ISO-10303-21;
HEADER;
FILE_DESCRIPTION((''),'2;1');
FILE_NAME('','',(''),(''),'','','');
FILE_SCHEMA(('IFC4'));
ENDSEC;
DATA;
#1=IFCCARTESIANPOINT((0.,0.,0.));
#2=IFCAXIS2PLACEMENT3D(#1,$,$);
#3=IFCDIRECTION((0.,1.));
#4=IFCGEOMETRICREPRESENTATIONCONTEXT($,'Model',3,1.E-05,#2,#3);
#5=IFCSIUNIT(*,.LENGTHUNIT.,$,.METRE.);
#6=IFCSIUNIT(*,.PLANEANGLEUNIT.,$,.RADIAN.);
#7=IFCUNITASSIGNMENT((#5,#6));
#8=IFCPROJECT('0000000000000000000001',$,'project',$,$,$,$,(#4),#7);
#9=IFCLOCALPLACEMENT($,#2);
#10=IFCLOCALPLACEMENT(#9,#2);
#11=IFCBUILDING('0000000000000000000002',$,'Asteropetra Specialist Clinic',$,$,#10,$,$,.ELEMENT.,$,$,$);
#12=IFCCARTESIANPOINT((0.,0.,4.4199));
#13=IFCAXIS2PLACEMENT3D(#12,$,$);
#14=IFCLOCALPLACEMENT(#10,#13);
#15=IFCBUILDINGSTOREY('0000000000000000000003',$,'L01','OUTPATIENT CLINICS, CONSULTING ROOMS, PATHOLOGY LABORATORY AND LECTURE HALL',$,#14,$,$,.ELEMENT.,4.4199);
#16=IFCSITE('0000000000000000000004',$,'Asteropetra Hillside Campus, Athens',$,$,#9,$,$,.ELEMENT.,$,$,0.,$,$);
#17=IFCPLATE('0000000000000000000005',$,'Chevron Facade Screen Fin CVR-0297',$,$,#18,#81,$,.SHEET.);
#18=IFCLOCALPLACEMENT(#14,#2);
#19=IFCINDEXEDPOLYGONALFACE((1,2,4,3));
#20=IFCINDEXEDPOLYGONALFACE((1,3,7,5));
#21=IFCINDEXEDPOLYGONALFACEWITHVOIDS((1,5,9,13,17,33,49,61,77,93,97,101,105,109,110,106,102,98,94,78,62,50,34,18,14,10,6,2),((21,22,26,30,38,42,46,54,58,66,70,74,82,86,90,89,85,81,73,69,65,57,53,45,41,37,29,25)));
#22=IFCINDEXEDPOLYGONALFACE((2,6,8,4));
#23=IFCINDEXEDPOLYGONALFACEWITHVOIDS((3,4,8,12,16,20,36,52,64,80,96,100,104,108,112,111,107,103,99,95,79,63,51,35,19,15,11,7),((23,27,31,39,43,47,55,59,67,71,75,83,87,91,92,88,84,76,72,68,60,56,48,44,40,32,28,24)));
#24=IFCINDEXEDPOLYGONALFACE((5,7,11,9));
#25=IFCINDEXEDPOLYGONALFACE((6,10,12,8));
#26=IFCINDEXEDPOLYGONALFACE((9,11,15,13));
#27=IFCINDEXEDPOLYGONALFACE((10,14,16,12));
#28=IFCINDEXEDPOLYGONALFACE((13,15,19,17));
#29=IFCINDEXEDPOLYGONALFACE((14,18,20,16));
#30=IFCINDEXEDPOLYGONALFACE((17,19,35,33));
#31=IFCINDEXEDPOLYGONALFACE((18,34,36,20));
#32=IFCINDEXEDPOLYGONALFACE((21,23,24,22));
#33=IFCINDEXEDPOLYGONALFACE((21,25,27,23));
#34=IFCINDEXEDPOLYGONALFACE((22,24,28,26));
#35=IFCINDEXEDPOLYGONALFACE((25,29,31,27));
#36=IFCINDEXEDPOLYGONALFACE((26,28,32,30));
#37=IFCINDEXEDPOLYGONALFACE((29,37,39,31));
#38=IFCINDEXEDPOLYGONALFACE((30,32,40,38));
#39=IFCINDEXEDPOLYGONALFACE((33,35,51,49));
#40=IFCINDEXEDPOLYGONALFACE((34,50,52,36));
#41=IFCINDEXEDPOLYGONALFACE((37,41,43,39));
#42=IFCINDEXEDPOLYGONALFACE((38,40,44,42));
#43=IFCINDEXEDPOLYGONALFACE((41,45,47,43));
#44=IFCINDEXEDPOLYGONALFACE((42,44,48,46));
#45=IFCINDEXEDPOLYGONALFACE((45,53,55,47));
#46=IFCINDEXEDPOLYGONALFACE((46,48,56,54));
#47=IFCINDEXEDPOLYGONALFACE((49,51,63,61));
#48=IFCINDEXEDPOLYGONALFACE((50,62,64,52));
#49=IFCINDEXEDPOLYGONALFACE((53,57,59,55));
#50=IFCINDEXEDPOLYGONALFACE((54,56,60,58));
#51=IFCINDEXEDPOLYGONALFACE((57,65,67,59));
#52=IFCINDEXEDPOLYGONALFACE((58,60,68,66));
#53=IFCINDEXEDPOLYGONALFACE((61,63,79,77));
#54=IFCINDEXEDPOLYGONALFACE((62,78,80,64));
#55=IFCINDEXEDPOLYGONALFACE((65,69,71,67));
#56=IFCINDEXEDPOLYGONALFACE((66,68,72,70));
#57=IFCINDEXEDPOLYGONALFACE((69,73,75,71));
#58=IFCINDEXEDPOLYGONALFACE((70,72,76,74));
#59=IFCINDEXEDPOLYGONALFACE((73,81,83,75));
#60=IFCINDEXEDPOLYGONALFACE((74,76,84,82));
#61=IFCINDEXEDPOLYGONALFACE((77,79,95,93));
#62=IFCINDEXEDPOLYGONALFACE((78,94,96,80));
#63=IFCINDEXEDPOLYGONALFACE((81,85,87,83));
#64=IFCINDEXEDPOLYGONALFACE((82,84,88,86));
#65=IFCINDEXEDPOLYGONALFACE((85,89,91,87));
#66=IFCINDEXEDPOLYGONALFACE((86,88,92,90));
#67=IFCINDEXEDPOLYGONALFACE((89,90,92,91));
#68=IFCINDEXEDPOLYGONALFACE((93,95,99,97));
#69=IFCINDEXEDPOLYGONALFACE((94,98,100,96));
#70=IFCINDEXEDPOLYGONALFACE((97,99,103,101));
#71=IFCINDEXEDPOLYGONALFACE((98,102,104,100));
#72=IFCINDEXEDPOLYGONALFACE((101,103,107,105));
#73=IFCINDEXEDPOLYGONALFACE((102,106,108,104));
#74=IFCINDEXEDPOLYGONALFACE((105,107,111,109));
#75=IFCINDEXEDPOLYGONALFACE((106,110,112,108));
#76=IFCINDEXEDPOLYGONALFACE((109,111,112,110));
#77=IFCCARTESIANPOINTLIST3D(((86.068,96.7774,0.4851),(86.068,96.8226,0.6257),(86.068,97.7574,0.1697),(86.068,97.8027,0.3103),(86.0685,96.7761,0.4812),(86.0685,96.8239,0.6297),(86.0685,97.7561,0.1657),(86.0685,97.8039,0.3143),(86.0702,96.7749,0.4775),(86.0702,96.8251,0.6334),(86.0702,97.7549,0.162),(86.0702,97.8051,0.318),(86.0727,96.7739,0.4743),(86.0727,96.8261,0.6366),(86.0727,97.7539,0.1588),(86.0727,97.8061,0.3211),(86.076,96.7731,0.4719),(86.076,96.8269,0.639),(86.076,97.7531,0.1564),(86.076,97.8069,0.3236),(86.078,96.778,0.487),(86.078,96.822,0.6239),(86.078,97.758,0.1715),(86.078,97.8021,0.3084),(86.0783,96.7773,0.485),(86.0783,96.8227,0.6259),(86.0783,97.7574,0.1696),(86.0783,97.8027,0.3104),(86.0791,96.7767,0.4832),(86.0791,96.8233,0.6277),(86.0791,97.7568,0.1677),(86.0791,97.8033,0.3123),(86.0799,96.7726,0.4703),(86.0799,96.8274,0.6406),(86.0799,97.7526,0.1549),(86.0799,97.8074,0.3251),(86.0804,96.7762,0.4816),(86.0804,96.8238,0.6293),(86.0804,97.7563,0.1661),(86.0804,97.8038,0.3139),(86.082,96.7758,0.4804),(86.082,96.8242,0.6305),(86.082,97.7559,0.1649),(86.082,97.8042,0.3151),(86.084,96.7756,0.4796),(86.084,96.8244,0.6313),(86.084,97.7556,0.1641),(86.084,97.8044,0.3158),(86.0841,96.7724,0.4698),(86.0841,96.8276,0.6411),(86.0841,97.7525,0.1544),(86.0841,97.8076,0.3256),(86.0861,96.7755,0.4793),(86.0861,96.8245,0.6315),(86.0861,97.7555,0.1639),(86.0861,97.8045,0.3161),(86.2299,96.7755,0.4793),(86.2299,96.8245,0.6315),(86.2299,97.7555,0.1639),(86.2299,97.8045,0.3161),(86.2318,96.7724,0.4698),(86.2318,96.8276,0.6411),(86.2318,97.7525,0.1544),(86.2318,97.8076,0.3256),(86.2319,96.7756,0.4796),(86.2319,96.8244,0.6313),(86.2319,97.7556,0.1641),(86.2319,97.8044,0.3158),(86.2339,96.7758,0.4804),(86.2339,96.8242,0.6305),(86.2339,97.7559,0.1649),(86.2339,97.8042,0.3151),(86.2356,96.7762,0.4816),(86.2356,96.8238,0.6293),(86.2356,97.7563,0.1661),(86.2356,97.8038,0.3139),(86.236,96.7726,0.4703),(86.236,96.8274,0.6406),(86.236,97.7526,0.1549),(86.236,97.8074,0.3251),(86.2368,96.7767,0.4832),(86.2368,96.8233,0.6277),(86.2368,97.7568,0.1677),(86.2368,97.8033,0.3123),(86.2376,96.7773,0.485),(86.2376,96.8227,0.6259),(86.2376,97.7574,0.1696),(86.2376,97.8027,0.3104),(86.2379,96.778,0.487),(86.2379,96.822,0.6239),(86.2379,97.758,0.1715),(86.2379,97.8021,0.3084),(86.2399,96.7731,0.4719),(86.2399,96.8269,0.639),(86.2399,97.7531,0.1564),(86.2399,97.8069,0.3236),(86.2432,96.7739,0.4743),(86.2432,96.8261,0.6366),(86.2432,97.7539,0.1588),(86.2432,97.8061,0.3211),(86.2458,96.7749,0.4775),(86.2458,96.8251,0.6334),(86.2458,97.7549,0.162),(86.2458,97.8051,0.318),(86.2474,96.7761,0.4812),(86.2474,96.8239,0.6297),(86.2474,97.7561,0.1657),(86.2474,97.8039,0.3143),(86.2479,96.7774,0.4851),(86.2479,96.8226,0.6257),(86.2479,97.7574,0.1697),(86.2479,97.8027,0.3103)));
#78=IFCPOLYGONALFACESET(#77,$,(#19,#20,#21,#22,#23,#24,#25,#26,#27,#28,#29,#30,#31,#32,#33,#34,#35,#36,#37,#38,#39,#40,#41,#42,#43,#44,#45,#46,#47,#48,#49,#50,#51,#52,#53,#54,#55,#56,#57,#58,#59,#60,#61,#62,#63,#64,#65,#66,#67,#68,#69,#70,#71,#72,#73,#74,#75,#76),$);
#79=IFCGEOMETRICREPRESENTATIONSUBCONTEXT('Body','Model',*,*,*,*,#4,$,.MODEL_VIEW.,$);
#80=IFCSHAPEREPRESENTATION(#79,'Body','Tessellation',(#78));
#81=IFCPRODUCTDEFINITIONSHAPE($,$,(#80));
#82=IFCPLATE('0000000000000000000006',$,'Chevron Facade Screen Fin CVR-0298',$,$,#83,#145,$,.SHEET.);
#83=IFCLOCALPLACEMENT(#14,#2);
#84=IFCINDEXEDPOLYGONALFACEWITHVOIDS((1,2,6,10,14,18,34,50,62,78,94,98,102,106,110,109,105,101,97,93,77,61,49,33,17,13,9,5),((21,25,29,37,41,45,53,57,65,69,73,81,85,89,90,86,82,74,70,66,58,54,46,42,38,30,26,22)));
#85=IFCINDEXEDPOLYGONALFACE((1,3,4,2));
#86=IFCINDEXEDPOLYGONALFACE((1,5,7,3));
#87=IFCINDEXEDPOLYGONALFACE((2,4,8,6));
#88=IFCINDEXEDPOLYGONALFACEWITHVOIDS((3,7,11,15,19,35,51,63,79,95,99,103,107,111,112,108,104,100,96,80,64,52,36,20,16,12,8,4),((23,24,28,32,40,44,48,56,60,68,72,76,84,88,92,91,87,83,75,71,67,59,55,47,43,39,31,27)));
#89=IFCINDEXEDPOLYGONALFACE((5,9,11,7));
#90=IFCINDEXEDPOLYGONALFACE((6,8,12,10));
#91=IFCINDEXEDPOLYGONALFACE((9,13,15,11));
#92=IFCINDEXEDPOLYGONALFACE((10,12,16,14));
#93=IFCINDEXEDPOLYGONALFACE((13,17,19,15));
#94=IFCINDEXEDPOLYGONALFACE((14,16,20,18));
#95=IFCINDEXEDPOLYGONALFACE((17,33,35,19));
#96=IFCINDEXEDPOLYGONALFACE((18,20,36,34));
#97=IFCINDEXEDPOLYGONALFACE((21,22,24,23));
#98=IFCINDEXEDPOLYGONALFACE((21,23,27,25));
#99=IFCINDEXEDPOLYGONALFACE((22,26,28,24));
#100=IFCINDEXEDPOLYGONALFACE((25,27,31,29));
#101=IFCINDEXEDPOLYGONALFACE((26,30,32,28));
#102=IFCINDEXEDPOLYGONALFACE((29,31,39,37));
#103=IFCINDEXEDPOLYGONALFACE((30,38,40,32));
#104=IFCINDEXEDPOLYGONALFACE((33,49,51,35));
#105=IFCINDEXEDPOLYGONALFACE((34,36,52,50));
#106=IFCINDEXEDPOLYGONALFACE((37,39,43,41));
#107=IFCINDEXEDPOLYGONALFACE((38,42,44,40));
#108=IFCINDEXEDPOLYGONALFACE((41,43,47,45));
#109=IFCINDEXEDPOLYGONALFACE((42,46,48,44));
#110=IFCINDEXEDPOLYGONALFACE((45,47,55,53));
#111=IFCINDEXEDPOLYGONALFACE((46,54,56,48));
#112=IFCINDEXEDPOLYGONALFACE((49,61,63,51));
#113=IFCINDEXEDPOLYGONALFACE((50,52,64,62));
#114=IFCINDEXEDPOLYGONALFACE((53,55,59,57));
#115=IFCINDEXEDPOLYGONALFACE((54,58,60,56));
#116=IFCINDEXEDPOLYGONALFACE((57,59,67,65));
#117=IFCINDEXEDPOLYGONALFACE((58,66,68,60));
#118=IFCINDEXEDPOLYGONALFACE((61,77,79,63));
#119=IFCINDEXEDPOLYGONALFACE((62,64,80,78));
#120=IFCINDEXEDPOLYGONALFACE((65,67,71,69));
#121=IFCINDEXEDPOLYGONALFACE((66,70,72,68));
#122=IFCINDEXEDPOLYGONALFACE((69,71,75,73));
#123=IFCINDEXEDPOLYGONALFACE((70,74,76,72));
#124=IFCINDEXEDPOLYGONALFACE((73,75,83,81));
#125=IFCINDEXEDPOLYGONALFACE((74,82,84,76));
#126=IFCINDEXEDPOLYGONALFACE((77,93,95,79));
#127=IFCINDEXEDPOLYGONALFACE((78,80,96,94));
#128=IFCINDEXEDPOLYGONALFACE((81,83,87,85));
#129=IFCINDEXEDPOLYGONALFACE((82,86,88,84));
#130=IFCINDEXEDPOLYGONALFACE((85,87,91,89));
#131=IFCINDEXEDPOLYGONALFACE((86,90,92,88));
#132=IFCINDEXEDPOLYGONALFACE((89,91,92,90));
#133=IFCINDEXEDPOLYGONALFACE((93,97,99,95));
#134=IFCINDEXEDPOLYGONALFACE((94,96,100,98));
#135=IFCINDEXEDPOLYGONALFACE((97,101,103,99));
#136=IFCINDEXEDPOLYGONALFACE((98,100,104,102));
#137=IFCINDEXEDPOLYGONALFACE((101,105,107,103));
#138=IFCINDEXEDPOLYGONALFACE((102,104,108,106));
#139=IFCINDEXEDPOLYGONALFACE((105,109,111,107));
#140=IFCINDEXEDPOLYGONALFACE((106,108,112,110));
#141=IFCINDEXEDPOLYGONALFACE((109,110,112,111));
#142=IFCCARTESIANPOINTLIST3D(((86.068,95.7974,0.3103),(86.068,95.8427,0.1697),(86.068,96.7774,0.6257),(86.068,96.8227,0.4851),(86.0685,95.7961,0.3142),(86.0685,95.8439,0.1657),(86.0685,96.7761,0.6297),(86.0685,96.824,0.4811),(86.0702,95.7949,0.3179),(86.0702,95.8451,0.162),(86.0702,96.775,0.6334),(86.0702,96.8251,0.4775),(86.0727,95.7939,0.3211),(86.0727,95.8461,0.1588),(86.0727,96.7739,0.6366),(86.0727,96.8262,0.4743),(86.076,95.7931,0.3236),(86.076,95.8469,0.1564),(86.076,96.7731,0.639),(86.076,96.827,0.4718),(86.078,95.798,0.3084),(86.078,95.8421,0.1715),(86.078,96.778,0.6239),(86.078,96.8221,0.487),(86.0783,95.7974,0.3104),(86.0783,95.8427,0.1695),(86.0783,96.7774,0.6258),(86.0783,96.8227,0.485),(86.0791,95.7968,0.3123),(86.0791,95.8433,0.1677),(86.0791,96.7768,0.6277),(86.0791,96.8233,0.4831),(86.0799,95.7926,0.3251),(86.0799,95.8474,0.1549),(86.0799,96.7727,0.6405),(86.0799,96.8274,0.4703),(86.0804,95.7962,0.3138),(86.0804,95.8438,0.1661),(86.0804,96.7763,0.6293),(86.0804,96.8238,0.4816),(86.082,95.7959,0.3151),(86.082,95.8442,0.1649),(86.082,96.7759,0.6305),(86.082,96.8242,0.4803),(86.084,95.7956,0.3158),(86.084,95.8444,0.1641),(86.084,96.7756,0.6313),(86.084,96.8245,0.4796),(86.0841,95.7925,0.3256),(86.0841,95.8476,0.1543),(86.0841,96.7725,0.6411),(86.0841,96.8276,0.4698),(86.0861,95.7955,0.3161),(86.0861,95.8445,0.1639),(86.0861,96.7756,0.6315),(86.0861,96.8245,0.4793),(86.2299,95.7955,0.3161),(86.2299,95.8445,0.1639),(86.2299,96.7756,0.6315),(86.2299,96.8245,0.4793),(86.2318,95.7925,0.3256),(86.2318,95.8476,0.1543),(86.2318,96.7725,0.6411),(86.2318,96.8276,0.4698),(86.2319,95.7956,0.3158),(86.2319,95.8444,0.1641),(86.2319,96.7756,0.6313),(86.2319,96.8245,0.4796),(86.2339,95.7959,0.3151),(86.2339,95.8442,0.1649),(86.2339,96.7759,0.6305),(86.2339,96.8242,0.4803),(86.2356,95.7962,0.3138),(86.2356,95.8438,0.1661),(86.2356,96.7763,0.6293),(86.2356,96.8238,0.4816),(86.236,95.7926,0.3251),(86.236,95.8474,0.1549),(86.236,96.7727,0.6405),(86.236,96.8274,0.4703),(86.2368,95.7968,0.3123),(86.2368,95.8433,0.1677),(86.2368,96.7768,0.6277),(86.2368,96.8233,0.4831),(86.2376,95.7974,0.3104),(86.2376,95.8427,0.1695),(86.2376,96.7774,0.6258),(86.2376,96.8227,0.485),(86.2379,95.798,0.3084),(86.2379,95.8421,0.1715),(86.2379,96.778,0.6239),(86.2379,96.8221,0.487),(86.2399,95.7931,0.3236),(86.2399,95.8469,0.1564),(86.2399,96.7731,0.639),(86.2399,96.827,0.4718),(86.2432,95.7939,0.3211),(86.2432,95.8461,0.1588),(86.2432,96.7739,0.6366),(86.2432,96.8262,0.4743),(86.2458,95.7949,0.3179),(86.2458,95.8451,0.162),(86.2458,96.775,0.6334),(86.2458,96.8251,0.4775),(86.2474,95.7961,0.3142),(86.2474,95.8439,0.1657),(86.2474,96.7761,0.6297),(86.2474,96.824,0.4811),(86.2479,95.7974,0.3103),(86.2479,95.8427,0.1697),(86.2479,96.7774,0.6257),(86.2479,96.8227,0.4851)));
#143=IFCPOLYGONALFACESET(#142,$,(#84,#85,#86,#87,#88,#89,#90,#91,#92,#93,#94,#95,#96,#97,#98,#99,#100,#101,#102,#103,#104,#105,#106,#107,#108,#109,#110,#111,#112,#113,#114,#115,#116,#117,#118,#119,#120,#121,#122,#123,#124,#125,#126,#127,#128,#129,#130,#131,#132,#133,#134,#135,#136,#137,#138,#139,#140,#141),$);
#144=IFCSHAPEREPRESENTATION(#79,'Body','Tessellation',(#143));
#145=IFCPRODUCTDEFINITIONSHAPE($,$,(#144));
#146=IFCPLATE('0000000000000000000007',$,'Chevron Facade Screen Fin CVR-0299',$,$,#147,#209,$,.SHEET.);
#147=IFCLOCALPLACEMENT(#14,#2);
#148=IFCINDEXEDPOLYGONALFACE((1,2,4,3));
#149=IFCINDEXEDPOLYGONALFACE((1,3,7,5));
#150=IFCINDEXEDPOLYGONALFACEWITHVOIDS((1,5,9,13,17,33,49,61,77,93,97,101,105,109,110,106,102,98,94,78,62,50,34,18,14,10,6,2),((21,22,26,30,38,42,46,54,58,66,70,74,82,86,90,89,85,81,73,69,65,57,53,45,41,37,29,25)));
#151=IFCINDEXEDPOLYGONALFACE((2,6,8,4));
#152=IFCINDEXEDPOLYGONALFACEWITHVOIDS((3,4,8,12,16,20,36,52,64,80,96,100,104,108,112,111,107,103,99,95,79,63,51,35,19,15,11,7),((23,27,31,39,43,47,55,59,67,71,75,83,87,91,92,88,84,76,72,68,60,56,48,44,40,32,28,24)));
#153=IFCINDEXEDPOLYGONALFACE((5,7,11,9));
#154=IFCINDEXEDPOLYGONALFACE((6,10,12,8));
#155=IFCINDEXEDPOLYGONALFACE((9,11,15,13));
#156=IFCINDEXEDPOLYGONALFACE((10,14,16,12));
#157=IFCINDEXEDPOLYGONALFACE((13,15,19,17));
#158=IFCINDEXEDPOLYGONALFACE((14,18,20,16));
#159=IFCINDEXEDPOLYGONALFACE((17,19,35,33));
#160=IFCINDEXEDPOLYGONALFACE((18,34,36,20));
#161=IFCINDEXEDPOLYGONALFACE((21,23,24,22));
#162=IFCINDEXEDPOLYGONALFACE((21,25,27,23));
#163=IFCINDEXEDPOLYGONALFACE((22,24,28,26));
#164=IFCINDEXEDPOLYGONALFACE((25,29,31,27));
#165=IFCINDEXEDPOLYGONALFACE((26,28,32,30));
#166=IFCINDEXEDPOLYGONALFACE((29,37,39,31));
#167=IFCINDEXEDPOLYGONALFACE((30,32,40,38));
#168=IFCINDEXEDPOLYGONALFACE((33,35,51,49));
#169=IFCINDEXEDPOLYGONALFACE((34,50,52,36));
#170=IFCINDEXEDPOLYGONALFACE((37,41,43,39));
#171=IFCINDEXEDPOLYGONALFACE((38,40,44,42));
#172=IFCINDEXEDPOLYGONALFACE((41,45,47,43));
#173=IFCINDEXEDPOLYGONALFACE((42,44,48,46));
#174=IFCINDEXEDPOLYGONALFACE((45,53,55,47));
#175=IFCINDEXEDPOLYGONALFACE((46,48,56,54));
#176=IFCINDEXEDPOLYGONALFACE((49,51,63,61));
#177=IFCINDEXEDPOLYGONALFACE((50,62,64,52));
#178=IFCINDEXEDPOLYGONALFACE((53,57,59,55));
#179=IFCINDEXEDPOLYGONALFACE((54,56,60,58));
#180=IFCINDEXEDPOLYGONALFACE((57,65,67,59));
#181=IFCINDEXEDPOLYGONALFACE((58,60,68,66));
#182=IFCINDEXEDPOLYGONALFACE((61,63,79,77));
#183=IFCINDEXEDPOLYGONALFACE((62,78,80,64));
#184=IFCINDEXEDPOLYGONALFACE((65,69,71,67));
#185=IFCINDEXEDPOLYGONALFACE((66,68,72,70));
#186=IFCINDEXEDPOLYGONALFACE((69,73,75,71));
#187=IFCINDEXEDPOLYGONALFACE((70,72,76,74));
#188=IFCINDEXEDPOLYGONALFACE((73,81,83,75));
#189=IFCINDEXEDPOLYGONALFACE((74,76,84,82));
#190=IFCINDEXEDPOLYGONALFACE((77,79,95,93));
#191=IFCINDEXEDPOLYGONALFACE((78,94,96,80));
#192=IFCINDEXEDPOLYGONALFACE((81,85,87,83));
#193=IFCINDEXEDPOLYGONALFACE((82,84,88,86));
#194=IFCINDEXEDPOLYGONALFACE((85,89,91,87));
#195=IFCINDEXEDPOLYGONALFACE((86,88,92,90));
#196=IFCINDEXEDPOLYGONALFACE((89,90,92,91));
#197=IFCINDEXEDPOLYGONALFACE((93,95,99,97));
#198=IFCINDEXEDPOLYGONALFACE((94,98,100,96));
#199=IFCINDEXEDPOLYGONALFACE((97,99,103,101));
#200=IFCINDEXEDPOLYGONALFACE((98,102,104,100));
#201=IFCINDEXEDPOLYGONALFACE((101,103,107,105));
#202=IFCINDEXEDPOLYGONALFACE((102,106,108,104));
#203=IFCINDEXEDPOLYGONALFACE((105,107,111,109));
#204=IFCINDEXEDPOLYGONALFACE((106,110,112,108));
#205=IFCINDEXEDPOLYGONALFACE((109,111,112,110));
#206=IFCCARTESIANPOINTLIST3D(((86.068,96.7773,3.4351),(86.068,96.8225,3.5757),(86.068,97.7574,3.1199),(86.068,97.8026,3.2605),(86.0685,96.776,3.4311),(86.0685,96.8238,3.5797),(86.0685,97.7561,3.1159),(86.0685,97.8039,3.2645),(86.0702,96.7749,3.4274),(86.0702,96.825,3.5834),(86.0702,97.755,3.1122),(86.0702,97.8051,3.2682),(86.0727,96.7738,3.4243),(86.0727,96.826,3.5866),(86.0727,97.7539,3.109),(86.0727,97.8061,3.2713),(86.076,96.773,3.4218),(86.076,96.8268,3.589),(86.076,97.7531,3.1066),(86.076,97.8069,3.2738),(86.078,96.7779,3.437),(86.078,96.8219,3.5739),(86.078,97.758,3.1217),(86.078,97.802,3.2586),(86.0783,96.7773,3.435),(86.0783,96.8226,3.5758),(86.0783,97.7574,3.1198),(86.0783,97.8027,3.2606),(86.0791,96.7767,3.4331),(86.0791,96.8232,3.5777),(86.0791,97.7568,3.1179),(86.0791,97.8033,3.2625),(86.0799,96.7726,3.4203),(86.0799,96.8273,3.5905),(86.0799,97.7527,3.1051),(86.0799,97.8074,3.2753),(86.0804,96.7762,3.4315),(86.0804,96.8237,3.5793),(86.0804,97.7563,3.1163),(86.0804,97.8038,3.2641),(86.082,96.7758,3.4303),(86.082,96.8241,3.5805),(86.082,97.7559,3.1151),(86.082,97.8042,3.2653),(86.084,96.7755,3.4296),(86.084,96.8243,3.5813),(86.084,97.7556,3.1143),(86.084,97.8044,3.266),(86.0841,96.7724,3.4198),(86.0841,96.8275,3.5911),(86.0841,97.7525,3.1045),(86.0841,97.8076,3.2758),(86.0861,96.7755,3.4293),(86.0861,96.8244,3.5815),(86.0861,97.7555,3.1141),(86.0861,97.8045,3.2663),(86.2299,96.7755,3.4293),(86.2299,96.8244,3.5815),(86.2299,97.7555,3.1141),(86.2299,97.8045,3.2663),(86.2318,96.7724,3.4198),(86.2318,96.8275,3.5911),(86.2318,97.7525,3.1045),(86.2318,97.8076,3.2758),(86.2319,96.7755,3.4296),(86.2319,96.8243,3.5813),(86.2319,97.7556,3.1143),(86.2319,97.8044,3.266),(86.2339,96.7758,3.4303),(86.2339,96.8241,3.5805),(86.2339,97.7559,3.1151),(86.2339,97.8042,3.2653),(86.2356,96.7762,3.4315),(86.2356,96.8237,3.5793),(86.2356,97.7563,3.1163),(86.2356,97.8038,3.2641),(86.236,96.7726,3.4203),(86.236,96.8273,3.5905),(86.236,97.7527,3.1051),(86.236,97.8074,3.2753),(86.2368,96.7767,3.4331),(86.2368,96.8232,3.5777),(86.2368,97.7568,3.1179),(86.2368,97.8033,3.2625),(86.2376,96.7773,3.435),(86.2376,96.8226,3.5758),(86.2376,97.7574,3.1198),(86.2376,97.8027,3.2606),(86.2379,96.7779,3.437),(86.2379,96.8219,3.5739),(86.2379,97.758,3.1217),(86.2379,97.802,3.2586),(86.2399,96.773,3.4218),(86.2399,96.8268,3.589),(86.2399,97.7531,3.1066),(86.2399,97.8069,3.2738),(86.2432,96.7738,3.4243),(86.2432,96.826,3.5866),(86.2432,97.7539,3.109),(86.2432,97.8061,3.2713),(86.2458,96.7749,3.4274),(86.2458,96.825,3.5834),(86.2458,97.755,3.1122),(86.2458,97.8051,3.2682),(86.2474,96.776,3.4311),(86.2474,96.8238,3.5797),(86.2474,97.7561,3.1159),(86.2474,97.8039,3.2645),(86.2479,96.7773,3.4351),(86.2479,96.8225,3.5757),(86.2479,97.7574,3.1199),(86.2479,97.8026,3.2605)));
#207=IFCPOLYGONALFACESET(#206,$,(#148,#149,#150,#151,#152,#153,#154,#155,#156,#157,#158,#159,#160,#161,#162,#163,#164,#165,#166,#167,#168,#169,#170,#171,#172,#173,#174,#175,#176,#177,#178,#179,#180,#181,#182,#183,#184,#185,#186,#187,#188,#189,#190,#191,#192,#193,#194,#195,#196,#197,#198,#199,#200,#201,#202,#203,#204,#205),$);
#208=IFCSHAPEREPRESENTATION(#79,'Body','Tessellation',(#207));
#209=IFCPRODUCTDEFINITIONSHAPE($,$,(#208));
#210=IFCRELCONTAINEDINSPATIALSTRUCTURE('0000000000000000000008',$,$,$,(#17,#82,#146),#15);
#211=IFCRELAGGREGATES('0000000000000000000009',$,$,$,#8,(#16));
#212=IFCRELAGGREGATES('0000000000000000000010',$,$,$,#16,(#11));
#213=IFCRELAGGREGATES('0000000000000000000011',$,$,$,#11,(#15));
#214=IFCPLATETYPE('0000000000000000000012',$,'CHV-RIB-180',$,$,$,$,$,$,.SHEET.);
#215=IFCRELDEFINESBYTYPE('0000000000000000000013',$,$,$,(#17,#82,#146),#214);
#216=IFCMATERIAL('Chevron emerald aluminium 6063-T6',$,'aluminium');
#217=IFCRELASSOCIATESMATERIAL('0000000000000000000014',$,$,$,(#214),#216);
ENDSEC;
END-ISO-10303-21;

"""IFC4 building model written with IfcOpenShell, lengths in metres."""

from ifc_helpers import new_model, si_unit, direction, frame, origin, origin_2d, place, context, subcontext, project, spatial, hollow_rectangle, extrude, material, material_profile, profile_set, type_object, element, save


model = new_model("IFC4")

# Units and contexts
model_context = context("Model", 3, precision=1e-05, world=origin(), true_north=direction((0.0, 1.0)))
body_context = subcontext(model_context, "Body", "Model", "MODEL_VIEW")
ifc_project = project(units=[si_unit("LENGTHUNIT", "METRE"), si_unit("PLANEANGLEUNIT", "RADIAN")], contexts=[model_context])

# Site, building, storey
site_placement = place(None, origin())
site = spatial("IfcSite", under=ifc_project, at=site_placement, Name="Asteropetra Hillside Campus, Athens", CompositionType="ELEMENT", RefElevation=0.0)
building_placement = place(site_placement, origin())
building = spatial("IfcBuilding", under=site, at=building_placement, Name="Asteropetra Specialist Clinic", CompositionType="ELEMENT")
storey_placement = place(building_placement, frame((0.0, 0.0, 4.4199)))
storey = spatial("IfcBuildingStorey", under=building, at=storey_placement, Name="L01", Description="OUTPATIENT CLINICS, CONSULTING ROOMS, PATHOLOGY LABORATORY AND LECTURE HALL", CompositionType="ELEMENT", Elevation=4.4199)

# Plates
ifc_material_1 = material(Name="Chevron emerald aluminium 6063-T6", Category="aluminium")
ifc_material_profile_1 = material_profile(ifc_material_1, hollow_rectangle(XDim=0.1799, YDim=0.1799, WallThickness=0.01, InnerFilletRadius=0.0081, OuterFilletRadius=0.0161, at=origin_2d()), Name="SHS 180x180x10.0")
ifc_profile_set_1 = profile_set([ifc_material_profile_1], Name="Chevron emerald aluminium 6063-T6")
plate_type = type_object("IfcPlateType", Name="CHV-RIB-180", PredefinedType="SHEET", material=ifc_profile_set_1)
for number, where, z_axis, x_axis, name in (
    (1, (86.158, 97.78, 0.24), (0.0, -0.951905, 0.306393), (1.0, 0.0, 0.0), "Chevron Facade Screen Fin CVR-0297"),
    (2, (86.158, 96.8, 0.5554), (0.0, -0.951905, -0.306393), (1.0, 0.0, 0.0), "Chevron Facade Screen Fin CVR-0298"),
    (3, (86.158, 97.78, 3.1902), (0.0, -0.951974, 0.306178), (1.0, 0.0, 0.0), "Chevron Facade Screen Fin CVR-0299"),
):
    element("IfcPlate", number, at=place(storey_placement, frame(where, z_axis=z_axis, x_axis=x_axis)), inside=storey, type_object=plate_type, Name=name, PredefinedType="SHEET", context=body_context, shape_type="SweptSolid", body=[
        extrude(hollow_rectangle(XDim=0.1799, YDim=0.1799, WallThickness=0.01, InnerFilletRadius=0.0081, OuterFilletRadius=0.0161, at=origin_2d()), origin(), (0.0, 0.0, 1.0), 1.0295),
    ])

save(model, "model.ifc")
